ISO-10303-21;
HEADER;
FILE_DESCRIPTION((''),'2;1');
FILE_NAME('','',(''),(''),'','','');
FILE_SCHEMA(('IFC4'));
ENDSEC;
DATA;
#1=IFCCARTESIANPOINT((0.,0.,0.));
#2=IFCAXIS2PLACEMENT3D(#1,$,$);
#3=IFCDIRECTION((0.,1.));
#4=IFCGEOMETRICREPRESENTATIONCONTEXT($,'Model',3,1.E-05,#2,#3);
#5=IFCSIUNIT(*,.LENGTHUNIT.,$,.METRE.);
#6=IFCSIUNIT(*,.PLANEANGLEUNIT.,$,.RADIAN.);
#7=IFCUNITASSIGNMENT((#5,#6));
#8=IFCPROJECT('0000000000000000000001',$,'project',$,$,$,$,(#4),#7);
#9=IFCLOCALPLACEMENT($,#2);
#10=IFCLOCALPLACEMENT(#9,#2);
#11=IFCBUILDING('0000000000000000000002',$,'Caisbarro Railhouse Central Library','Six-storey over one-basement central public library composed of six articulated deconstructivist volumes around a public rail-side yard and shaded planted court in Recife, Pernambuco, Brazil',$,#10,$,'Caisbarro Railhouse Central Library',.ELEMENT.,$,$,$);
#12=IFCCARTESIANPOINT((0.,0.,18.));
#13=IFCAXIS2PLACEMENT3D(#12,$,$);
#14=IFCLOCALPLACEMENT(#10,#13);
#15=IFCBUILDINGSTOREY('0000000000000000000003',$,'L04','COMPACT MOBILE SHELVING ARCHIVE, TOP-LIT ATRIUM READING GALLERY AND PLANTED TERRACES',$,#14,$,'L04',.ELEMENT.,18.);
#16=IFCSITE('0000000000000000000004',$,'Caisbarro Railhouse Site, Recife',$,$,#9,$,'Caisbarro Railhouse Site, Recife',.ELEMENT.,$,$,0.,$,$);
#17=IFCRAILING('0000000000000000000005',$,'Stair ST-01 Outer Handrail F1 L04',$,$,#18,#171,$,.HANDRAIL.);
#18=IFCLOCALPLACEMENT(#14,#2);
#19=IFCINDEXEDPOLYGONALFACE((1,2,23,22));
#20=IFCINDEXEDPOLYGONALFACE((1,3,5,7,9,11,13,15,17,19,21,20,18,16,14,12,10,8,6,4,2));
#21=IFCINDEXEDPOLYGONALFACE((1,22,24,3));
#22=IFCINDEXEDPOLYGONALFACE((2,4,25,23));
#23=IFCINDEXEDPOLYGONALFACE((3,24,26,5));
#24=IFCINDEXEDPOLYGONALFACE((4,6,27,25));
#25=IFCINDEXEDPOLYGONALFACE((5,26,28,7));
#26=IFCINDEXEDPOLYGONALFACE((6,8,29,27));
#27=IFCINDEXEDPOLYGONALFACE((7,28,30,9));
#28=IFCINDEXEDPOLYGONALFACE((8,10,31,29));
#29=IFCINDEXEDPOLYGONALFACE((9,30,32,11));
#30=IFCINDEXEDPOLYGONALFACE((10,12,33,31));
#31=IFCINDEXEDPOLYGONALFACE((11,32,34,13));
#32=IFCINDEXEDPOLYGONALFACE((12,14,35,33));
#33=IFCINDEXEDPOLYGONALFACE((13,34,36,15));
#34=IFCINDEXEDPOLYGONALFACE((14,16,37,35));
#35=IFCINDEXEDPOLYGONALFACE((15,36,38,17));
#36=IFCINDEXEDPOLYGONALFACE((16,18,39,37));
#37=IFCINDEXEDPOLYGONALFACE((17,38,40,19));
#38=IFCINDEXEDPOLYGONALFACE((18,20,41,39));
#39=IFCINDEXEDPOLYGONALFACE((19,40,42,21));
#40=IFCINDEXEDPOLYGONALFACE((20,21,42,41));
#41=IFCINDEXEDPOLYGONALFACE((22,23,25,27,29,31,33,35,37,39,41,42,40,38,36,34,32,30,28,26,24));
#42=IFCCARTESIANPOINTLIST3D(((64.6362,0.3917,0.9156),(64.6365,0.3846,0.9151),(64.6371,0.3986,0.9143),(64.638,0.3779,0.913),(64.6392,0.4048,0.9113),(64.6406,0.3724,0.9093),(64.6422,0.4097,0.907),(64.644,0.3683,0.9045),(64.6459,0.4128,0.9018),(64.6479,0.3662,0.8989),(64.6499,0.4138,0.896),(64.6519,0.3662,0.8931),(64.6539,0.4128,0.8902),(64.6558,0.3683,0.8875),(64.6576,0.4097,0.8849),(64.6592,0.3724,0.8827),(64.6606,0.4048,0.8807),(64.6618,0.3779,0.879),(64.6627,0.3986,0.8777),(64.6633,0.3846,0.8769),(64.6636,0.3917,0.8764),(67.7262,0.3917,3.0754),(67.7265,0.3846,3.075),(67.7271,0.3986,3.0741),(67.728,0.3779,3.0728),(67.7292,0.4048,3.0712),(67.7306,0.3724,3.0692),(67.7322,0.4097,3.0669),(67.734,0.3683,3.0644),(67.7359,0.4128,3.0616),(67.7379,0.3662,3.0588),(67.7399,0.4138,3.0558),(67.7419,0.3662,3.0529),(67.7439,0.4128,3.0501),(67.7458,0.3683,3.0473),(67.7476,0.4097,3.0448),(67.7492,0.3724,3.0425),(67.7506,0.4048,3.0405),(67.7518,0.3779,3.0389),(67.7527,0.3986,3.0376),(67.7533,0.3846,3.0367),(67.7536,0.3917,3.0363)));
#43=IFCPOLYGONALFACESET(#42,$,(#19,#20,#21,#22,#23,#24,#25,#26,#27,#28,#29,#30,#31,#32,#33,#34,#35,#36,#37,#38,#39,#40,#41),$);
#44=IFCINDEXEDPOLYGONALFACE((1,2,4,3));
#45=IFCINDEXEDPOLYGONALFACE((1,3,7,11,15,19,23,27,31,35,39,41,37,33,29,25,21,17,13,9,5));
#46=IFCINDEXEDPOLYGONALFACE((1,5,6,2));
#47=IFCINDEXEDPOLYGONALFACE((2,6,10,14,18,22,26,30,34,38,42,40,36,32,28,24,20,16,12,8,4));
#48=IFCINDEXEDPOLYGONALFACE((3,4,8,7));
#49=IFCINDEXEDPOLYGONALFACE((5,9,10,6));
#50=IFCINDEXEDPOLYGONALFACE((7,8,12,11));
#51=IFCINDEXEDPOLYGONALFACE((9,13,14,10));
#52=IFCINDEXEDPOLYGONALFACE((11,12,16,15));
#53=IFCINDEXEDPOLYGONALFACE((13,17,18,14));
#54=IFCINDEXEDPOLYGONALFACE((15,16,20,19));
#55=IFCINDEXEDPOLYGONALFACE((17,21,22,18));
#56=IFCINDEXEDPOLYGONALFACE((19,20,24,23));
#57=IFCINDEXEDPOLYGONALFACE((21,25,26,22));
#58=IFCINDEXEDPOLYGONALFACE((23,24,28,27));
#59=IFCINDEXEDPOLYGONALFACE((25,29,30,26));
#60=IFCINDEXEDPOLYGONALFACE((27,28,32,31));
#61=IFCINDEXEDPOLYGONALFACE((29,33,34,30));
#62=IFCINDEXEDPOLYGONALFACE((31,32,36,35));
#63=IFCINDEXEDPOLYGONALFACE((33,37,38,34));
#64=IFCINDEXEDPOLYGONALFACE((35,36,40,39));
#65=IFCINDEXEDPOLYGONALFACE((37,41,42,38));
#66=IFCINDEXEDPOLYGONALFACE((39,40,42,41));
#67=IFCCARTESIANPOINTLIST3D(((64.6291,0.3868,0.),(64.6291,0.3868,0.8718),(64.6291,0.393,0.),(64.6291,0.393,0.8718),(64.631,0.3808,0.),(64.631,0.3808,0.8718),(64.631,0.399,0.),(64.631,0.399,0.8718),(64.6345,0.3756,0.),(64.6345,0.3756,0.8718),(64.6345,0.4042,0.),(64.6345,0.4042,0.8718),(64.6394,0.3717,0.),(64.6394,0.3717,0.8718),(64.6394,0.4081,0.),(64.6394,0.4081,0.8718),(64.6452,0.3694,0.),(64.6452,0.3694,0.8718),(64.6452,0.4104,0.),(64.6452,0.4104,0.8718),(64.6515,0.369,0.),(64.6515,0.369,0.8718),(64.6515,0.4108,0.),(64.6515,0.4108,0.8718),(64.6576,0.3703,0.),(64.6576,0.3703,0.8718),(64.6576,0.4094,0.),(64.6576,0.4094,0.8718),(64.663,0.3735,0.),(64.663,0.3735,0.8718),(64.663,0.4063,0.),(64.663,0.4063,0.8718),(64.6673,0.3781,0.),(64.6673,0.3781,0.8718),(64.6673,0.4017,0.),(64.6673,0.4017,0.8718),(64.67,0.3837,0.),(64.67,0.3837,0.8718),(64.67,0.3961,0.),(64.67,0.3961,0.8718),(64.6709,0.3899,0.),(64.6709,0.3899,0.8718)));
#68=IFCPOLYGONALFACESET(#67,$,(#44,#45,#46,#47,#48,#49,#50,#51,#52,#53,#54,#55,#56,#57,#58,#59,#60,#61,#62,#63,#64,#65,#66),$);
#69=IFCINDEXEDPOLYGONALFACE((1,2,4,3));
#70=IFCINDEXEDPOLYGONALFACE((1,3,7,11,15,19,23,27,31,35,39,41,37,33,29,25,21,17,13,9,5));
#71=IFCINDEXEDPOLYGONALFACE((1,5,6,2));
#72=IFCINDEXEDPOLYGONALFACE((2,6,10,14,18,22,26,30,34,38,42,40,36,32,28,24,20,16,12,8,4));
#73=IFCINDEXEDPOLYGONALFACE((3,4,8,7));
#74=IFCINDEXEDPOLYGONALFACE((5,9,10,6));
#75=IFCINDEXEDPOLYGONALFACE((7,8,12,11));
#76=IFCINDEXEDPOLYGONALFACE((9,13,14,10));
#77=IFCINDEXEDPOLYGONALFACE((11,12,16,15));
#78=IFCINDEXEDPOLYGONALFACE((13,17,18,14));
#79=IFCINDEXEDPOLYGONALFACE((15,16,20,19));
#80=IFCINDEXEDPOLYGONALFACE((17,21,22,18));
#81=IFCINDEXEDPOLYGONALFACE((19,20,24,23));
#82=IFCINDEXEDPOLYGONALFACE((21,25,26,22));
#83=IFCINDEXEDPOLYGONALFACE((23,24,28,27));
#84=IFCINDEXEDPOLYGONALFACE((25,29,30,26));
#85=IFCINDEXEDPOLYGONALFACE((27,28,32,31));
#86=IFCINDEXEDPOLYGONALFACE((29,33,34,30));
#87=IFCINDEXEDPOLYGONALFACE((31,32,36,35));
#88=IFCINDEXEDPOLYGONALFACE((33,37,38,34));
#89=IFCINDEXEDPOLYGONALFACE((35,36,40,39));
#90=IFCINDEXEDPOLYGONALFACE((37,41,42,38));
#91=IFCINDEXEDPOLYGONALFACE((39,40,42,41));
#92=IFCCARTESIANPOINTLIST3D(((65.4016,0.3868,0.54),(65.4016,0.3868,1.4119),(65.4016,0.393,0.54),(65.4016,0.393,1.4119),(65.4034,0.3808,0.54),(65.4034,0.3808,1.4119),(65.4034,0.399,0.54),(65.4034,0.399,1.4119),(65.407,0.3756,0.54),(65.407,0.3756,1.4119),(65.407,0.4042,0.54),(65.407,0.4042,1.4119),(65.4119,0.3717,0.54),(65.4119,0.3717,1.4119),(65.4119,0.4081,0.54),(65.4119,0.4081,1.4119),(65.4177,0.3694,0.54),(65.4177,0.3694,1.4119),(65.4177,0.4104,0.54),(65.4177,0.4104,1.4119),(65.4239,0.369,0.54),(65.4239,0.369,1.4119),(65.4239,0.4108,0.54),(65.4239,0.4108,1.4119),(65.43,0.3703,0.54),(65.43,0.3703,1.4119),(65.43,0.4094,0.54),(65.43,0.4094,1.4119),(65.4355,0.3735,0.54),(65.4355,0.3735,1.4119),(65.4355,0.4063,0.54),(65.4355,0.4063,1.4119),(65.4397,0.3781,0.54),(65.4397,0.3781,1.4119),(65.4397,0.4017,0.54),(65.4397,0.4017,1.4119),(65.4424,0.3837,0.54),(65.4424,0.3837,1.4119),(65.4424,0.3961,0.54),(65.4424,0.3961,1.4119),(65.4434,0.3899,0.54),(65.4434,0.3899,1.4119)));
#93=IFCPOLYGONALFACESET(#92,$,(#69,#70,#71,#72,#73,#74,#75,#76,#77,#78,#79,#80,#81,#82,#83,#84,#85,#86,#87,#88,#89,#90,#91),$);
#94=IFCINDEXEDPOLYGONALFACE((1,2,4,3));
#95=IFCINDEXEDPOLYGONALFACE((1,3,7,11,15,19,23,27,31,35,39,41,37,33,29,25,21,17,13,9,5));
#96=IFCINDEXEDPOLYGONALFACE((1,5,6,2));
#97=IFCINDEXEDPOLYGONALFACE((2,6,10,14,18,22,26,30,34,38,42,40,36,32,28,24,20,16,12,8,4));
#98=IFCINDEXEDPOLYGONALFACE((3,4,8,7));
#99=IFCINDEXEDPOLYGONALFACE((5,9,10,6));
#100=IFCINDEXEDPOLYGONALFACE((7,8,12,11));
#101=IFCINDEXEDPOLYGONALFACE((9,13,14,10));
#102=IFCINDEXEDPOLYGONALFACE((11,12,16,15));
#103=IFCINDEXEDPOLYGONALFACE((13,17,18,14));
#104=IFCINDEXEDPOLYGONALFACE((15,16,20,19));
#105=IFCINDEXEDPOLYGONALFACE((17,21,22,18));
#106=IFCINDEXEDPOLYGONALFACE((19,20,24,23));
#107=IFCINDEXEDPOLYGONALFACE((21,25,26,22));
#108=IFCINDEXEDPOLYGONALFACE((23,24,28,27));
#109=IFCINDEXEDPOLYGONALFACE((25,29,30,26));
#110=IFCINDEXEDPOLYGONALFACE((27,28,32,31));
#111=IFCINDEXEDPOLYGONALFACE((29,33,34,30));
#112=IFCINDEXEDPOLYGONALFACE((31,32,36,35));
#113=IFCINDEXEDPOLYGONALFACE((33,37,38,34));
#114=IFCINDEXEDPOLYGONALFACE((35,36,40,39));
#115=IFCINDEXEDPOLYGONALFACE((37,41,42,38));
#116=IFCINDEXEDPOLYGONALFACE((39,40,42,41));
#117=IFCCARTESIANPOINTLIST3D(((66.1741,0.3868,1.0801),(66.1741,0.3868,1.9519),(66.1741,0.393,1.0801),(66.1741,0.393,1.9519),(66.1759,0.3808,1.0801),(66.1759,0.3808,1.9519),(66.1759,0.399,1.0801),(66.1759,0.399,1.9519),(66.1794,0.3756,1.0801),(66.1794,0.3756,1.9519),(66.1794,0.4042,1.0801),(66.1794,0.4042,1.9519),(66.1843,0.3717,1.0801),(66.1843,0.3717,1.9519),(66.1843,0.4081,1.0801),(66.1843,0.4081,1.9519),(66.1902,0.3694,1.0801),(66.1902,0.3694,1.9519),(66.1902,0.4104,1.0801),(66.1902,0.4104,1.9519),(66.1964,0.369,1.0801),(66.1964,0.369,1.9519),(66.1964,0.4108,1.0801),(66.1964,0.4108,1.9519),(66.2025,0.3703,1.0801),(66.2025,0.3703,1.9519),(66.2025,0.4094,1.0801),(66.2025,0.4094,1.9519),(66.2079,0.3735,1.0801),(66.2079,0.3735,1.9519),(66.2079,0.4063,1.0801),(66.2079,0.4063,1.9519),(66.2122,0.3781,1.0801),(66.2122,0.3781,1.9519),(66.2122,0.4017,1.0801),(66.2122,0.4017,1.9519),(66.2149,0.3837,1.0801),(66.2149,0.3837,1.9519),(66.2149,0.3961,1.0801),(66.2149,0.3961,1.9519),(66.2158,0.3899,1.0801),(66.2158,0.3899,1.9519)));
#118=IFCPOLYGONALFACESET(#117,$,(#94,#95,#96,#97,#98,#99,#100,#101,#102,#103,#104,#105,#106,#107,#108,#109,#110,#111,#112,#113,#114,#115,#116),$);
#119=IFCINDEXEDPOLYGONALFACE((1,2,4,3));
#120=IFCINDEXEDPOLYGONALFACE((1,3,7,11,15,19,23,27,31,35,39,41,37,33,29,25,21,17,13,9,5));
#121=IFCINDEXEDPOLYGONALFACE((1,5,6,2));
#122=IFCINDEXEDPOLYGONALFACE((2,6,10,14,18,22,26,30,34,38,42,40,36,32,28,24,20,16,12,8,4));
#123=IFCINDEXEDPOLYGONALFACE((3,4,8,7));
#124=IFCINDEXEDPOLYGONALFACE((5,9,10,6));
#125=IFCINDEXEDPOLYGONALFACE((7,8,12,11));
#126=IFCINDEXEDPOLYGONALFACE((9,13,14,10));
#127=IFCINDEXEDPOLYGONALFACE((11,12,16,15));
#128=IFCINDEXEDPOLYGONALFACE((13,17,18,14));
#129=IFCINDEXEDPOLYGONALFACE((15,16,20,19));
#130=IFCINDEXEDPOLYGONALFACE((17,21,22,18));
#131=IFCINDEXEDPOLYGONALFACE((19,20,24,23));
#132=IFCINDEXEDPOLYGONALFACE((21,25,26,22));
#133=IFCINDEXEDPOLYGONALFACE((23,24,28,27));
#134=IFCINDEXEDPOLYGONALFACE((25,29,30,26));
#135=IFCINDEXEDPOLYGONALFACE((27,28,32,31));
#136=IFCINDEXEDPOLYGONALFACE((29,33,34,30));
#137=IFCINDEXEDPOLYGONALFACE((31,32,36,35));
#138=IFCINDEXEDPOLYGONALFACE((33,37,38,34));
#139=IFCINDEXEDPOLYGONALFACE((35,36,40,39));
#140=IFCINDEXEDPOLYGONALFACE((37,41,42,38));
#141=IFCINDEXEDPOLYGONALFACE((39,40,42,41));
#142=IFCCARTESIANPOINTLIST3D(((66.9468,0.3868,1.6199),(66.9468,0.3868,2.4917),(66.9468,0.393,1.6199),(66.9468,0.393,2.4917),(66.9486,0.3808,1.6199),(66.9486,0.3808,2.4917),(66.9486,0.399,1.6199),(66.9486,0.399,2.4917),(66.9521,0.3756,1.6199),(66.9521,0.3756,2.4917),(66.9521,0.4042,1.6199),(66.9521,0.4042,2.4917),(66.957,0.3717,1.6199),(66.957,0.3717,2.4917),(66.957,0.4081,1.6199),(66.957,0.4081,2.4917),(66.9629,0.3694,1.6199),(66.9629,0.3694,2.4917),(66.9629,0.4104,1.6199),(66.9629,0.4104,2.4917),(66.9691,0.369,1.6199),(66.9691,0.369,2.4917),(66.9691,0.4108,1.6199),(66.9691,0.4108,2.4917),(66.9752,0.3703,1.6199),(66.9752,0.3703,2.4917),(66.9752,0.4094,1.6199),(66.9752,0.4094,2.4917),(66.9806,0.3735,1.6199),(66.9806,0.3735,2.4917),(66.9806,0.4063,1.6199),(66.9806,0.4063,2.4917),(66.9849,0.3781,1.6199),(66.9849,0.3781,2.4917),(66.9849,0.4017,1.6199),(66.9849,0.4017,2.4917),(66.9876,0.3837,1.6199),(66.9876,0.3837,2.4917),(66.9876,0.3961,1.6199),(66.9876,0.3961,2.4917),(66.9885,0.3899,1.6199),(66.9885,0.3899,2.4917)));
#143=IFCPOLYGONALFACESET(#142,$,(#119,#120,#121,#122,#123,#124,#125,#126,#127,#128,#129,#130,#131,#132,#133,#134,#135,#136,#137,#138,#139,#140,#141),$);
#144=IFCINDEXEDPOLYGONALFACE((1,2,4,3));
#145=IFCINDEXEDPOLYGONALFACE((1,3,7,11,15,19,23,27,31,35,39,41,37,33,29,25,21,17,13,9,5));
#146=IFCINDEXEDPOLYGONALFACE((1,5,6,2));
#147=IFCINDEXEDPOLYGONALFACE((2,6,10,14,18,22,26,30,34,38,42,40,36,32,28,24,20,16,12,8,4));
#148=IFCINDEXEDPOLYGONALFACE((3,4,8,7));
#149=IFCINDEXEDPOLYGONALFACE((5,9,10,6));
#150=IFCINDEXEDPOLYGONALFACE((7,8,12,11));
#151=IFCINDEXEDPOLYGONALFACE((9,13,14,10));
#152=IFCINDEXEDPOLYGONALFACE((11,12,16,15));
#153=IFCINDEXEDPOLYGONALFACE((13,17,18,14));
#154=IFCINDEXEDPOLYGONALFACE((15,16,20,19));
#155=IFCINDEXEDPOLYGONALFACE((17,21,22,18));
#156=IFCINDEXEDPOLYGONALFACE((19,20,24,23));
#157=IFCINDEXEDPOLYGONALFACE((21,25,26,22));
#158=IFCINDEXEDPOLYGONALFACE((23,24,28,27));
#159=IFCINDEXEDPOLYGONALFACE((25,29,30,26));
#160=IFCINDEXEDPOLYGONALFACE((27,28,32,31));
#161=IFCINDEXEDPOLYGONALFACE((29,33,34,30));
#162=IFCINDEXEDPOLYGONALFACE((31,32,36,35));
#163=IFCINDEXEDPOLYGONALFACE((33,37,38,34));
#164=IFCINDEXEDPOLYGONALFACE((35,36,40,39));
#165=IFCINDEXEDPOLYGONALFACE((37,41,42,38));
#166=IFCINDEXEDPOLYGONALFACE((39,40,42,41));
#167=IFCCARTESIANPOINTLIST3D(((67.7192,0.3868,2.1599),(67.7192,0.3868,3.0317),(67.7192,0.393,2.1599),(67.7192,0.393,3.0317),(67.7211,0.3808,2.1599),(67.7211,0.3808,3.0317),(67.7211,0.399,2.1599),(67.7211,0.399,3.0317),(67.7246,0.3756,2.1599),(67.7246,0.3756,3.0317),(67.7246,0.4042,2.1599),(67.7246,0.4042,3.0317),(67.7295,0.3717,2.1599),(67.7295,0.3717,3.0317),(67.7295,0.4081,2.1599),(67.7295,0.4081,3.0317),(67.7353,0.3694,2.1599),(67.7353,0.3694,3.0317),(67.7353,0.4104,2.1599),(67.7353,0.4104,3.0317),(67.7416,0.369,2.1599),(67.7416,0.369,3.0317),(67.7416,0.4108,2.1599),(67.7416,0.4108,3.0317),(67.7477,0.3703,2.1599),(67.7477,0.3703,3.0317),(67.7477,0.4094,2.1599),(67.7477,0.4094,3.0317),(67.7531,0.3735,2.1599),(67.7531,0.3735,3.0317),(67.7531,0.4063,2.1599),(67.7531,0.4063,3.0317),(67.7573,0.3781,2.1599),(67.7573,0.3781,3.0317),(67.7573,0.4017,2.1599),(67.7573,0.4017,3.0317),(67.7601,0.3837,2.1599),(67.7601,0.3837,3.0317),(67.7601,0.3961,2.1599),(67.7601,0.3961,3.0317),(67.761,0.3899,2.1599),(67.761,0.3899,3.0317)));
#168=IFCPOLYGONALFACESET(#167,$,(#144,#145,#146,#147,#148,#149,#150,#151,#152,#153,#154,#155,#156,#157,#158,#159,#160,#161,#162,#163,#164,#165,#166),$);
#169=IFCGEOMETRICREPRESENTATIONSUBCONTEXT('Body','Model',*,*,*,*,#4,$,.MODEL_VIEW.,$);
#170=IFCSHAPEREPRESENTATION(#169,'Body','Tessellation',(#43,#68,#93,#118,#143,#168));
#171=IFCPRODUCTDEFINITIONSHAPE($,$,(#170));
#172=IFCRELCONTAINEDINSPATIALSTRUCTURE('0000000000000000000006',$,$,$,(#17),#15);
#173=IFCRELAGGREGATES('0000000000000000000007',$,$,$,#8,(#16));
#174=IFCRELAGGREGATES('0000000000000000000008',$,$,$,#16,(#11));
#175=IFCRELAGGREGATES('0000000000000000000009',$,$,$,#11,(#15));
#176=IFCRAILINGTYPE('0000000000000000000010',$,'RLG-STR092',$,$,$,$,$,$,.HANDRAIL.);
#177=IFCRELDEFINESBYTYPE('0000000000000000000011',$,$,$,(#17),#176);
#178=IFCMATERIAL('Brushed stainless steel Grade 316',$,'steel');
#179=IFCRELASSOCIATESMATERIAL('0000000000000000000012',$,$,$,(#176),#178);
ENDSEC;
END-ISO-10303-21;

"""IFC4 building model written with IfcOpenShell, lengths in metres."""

from ifc_helpers import new_model, si_unit, direction, frame, origin, origin_2d, place, context, subcontext, project, spatial, circle, extrude, material, type_object, element, save


model = new_model("IFC4")

# Units and contexts
model_context = context("Model", 3, precision=1e-05, world=origin(), true_north=direction((0.0, 1.0)))
body_context = subcontext(model_context, "Body", "Model", "MODEL_VIEW")
ifc_project = project(units=[si_unit("LENGTHUNIT", "METRE"), si_unit("PLANEANGLEUNIT", "RADIAN")], contexts=[model_context])

# Site, building, storey
site_placement = place(None, origin())
site = spatial("IfcSite", under=ifc_project, at=site_placement, Name="Caisbarro Railhouse Site, Recife", LongName="Caisbarro Railhouse Site, Recife", CompositionType="ELEMENT", RefElevation=0.0)
building_placement = place(site_placement, origin())
building = spatial("IfcBuilding", under=site, at=building_placement, Name="Caisbarro Railhouse Central Library", Description="Six-storey over one-basement central public library composed of six articulated deconstructivist volumes around a public rail-side yard and shaded planted court in Recife, Pernambuco, Brazil", LongName="Caisbarro Railhouse Central Library", CompositionType="ELEMENT")
storey_placement = place(building_placement, frame((0.0, 0.0, 18.0)))
storey = spatial("IfcBuildingStorey", under=building, at=storey_placement, Name="L04", Description="COMPACT MOBILE SHELVING ARCHIVE, TOP-LIT ATRIUM READING GALLERY AND PLANTED TERRACES", LongName="L04", CompositionType="ELEMENT", Elevation=18.0)

# Railing
ifc_material_1 = material(Name="Brushed stainless steel Grade 316", Category="steel")
railing_type_1 = type_object("IfcRailingType", Name="RLG-STR092", PredefinedType="HANDRAIL", material=ifc_material_1)
railing_1_placement = place(storey_placement, frame((64.6499, 0.3899, 0.0)))
element("IfcRailing", 1, at=railing_1_placement, inside=storey, type_object=railing_type_1, Name="Stair ST-01 Outer Handrail F1 L04", PredefinedType="HANDRAIL", context=body_context, shape_type="SweptSolid", body=[
    extrude(circle(Radius=0.0239, at=origin_2d()), frame((0.0, 0.0, 0.896), z_axis=(0.819624, 0.0, 0.572902), x_axis=(0.0, 1.0, 0.0)), (0.0, 0.0, 1.0), 3.77),
    extrude(circle(Radius=0.021, at=origin_2d()), origin(), (0.0, 0.0, 1.0), 0.8718),
    extrude(circle(Radius=0.021, at=origin_2d()), frame((0.7725, 0.0, 0.54)), (0.0, 0.0, 1.0), 0.8718),
    extrude(circle(Radius=0.021, at=origin_2d()), frame((1.5449, 0.0, 1.0801)), (0.0, 0.0, 1.0), 0.8718),
    extrude(circle(Radius=0.021, at=origin_2d()), frame((2.3176, 0.0, 1.6199)), (0.0, 0.0, 1.0), 0.8718),
    extrude(circle(Radius=0.021, at=origin_2d()), frame((3.0901, 0.0, 2.1599)), (0.0, 0.0, 1.0), 0.8718),
])

save(model, "model.ifc")
